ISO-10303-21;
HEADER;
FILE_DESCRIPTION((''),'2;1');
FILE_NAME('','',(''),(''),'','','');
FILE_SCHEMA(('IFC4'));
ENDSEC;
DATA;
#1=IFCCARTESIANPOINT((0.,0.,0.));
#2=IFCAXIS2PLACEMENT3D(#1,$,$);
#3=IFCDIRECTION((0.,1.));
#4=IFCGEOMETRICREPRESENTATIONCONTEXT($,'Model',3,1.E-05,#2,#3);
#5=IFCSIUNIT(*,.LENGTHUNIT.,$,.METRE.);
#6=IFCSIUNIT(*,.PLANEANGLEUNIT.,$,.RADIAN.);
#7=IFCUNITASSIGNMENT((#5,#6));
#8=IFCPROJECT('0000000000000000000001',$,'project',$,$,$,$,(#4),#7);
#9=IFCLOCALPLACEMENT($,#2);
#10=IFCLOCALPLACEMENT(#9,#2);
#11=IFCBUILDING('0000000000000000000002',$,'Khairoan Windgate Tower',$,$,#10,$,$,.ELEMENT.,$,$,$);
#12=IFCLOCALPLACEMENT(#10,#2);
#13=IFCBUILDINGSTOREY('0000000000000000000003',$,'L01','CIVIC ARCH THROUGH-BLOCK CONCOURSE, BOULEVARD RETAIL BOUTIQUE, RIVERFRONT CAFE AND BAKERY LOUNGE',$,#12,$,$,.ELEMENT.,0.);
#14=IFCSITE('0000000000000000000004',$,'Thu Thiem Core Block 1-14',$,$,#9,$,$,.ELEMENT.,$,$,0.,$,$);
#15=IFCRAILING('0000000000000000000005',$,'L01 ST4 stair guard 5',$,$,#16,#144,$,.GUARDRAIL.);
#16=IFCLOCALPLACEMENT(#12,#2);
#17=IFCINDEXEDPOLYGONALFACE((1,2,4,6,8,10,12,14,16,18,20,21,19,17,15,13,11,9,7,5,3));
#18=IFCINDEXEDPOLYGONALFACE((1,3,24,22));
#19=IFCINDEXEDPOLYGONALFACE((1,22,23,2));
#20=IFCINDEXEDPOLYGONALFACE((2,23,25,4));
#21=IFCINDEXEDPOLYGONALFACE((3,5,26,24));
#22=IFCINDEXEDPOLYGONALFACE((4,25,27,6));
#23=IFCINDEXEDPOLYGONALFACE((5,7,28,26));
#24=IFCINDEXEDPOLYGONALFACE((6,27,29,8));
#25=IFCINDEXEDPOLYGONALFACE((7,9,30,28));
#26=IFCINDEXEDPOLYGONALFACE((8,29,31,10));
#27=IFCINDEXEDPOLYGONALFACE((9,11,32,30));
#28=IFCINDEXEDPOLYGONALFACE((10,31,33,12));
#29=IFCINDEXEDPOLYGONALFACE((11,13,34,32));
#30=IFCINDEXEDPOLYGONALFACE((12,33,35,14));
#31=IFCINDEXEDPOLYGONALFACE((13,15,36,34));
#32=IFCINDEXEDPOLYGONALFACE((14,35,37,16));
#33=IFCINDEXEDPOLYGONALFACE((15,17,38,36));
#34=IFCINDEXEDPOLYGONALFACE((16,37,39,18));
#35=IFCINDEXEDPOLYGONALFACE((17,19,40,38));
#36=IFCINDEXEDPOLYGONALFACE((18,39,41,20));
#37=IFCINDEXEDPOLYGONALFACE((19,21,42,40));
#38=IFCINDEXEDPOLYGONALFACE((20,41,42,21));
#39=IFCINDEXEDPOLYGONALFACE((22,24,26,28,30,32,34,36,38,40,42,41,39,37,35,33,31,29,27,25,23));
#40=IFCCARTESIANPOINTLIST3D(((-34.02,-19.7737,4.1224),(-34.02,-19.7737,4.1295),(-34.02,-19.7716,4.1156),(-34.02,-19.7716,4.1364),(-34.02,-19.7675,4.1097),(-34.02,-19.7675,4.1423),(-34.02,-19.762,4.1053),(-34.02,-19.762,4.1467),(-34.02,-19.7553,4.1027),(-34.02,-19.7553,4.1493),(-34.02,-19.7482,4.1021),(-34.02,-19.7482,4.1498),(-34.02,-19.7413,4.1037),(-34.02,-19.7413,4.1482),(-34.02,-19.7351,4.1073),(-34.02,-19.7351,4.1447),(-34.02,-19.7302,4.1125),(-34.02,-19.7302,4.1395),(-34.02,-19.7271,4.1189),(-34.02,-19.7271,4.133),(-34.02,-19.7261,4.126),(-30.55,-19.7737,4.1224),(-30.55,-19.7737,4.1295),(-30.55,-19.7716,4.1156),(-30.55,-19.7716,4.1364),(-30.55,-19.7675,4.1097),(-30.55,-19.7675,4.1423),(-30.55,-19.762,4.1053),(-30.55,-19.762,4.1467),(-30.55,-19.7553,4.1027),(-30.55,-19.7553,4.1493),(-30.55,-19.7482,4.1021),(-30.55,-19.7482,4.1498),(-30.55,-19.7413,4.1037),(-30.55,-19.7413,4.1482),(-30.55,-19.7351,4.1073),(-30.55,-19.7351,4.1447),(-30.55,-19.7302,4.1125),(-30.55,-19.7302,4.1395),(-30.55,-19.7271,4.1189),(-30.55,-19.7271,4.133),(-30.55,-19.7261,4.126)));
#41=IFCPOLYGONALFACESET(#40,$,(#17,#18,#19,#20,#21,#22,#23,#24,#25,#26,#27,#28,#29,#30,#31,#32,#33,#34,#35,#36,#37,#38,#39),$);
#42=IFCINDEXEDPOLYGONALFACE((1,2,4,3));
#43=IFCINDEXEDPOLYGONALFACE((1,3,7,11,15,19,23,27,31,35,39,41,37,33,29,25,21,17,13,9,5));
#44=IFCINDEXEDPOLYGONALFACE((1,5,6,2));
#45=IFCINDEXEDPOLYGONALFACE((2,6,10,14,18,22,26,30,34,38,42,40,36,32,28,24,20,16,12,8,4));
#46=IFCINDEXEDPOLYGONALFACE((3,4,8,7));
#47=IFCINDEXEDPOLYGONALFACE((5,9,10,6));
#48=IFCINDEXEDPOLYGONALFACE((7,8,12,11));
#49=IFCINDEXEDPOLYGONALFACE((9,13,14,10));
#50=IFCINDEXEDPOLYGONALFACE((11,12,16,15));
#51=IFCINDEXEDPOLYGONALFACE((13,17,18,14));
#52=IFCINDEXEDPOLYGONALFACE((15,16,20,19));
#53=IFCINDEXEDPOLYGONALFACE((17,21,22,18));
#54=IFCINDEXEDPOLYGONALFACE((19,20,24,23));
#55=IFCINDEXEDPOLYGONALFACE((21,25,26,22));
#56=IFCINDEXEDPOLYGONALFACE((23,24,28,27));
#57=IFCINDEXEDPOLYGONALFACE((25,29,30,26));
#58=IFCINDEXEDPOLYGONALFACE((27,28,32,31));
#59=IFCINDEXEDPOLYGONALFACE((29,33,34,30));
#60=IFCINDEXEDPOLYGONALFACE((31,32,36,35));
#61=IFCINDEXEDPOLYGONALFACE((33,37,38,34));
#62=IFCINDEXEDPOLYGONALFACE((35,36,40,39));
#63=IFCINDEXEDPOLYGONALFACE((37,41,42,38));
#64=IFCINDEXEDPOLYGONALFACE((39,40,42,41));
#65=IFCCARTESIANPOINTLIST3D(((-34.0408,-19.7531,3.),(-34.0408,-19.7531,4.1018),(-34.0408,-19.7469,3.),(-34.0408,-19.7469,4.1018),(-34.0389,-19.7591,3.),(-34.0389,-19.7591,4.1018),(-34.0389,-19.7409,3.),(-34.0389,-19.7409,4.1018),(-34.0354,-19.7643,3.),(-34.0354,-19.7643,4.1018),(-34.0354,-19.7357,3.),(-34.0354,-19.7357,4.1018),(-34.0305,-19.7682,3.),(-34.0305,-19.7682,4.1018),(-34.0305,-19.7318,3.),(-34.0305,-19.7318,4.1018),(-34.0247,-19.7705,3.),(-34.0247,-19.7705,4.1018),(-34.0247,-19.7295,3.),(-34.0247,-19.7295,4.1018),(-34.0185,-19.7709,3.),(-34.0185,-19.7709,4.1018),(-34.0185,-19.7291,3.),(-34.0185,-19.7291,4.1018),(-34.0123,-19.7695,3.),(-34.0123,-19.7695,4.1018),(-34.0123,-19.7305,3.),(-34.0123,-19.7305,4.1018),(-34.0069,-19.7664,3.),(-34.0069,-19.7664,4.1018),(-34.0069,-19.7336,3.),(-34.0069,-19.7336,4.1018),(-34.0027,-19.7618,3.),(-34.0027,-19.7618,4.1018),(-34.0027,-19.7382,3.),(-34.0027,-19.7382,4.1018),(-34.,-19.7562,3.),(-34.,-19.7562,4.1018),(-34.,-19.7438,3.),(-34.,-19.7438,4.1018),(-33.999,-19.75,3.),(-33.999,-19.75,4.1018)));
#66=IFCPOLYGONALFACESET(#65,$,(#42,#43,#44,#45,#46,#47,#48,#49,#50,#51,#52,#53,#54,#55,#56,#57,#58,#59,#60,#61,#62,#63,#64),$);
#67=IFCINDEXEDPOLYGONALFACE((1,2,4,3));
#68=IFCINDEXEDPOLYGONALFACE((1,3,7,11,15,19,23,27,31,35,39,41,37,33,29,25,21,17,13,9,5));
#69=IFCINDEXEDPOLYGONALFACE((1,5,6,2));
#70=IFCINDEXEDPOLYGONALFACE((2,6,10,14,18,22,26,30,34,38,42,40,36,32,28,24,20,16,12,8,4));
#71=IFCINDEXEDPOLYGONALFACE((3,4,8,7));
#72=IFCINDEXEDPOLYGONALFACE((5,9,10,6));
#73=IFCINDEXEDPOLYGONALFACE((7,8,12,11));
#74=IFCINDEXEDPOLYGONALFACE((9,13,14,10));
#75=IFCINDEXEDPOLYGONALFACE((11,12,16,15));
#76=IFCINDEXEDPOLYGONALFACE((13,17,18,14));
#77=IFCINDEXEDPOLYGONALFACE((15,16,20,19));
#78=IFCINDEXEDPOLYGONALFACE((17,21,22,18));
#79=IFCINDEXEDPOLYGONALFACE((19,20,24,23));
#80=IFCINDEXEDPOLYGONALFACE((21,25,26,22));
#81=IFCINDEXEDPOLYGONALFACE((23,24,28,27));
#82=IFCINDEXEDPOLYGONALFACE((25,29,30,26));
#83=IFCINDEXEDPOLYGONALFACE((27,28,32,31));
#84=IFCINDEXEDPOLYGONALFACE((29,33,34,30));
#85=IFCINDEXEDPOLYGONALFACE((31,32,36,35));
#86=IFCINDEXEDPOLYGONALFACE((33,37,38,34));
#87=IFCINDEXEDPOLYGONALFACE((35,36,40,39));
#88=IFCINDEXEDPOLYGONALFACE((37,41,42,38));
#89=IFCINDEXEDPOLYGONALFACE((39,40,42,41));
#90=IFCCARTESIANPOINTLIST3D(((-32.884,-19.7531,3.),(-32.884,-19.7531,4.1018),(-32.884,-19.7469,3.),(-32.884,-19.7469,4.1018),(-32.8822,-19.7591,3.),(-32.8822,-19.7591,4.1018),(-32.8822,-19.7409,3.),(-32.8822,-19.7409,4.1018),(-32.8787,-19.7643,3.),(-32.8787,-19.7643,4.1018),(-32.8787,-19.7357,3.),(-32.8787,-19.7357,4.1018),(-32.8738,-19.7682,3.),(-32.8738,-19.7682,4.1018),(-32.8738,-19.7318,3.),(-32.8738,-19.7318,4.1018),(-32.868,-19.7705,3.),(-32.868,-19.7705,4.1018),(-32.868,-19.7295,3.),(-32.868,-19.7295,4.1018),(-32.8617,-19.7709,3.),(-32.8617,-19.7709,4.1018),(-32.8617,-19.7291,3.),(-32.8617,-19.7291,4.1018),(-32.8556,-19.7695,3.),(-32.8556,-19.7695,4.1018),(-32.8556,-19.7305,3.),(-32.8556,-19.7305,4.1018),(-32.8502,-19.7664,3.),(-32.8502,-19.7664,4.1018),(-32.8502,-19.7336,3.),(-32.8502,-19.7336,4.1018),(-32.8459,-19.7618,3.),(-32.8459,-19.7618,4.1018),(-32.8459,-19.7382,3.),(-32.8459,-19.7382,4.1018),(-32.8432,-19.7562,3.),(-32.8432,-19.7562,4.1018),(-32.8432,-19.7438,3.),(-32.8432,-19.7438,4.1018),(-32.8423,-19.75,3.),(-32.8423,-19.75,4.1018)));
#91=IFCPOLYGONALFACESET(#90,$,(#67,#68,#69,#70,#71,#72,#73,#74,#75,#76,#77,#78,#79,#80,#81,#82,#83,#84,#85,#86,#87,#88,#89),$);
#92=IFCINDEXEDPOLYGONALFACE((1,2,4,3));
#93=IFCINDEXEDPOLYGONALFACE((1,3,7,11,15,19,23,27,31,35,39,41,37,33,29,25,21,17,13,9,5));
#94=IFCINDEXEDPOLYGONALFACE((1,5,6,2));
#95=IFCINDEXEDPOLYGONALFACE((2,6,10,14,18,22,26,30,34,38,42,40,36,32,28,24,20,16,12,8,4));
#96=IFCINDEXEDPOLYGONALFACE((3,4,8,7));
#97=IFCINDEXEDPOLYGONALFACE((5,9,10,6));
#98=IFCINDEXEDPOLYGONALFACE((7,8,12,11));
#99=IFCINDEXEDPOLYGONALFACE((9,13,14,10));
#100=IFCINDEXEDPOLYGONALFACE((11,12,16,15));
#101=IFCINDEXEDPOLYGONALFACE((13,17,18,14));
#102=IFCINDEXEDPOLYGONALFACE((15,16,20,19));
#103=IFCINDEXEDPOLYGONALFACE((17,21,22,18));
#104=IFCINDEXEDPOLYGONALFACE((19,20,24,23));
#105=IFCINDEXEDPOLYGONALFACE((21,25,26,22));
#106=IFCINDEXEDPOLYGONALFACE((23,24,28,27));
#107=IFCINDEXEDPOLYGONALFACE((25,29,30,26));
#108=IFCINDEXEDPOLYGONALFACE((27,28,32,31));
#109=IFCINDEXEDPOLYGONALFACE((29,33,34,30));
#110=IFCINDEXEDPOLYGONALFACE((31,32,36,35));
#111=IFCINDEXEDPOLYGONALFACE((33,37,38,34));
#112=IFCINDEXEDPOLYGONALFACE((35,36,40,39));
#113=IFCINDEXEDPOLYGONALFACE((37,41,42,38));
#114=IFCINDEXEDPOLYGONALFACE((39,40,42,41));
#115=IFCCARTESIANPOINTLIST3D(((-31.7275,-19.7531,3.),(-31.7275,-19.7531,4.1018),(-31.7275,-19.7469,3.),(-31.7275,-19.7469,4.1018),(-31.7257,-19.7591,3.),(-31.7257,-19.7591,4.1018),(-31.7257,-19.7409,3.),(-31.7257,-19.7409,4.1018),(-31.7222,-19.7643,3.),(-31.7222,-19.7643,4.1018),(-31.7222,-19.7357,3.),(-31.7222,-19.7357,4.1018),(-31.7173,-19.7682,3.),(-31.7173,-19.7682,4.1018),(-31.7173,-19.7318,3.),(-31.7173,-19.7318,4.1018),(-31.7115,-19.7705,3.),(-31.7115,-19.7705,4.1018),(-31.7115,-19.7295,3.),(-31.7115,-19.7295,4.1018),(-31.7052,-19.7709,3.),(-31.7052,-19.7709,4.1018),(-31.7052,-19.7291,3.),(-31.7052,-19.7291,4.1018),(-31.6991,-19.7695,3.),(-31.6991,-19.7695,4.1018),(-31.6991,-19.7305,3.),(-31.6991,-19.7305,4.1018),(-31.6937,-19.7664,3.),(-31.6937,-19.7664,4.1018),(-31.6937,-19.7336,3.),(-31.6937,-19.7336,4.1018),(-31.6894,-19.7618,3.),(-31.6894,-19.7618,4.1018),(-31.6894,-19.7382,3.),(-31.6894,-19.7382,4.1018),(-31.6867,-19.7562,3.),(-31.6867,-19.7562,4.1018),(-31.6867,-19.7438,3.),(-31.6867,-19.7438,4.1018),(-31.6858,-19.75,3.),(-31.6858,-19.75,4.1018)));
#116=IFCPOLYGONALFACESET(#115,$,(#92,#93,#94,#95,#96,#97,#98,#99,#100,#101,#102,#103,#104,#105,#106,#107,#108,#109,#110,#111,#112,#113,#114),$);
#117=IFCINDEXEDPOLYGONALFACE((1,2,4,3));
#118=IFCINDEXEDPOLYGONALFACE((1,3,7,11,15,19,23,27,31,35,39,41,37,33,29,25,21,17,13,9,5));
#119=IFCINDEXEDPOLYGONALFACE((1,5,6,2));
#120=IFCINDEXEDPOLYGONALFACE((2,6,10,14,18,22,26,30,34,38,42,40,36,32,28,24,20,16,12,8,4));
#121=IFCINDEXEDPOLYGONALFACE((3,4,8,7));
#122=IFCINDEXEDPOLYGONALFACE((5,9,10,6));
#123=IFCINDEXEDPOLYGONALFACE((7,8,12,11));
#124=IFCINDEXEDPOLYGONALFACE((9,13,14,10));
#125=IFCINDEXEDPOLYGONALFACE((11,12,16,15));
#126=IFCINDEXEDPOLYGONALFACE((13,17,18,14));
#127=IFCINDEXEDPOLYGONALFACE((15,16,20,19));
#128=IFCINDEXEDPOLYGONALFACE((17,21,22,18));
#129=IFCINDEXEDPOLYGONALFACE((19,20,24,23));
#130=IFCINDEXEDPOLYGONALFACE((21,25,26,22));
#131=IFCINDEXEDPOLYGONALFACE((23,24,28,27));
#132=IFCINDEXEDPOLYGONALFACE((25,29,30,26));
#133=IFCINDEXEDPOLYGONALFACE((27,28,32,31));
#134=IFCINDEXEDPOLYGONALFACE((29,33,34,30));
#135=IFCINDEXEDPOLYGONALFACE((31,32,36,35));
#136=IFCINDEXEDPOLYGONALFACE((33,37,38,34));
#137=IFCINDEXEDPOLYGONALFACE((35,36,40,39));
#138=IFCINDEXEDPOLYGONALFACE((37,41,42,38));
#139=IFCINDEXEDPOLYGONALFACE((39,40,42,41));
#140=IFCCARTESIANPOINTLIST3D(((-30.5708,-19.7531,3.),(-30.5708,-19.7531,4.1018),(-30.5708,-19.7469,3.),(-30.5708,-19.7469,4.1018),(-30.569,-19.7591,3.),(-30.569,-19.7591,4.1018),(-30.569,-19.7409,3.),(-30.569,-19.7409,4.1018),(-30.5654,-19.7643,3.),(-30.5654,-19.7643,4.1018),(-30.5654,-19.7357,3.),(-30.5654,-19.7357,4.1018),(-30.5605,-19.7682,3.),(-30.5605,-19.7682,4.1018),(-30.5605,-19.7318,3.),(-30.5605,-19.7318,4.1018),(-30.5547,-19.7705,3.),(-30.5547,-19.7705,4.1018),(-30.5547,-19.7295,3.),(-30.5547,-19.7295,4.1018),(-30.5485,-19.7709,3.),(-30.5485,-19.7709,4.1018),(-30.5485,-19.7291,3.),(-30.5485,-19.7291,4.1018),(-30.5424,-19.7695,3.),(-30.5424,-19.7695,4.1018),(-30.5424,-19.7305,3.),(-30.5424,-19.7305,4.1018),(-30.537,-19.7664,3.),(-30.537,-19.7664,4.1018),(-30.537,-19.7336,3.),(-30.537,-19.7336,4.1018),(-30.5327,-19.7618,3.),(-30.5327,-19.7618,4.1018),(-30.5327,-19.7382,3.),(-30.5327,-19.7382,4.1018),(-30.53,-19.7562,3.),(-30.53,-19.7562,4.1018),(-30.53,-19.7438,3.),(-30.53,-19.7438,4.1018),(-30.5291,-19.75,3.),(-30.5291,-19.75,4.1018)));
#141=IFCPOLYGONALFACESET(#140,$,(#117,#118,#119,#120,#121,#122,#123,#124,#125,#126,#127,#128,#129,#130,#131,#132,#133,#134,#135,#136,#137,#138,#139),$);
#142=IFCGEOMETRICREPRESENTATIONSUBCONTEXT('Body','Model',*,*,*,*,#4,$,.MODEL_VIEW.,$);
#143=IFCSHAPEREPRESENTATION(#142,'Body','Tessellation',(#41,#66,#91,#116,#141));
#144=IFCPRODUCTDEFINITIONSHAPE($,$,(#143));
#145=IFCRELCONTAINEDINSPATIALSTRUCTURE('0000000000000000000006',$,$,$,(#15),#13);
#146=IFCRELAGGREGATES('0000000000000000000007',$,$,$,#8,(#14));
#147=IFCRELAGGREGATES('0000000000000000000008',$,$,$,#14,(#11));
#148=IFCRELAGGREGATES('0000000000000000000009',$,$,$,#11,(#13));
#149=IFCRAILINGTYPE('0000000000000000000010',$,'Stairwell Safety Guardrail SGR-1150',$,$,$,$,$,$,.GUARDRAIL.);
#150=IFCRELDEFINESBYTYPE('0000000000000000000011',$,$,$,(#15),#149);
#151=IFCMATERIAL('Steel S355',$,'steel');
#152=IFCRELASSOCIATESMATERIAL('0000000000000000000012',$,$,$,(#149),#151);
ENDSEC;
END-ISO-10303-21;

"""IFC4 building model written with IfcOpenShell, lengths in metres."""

from ifc_helpers import new_model, si_unit, direction, frame, origin, origin_2d, place, context, subcontext, project, spatial, circle, extrude, material, type_object, element, save


model = new_model("IFC4")

# Units and contexts
model_context = context("Model", 3, precision=1e-05, world=origin(), true_north=direction((0.0, 1.0)))
body_context = subcontext(model_context, "Body", "Model", "MODEL_VIEW")
ifc_project = project(units=[si_unit("LENGTHUNIT", "METRE"), si_unit("PLANEANGLEUNIT", "RADIAN")], contexts=[model_context])

# Site, building, storey
site_placement = place(None, origin())
site = spatial("IfcSite", under=ifc_project, at=site_placement, Name="Thu Thiem Core Block 1-14", CompositionType="ELEMENT", RefElevation=0.0)
building_placement = place(site_placement, origin())
building = spatial("IfcBuilding", under=site, at=building_placement, Name="Khairoan Windgate Tower", CompositionType="ELEMENT")
storey_placement = place(building_placement, origin())
storey = spatial("IfcBuildingStorey", under=building, at=storey_placement, Name="L01", Description="CIVIC ARCH THROUGH-BLOCK CONCOURSE, BOULEVARD RETAIL BOUTIQUE, RIVERFRONT CAFE AND BAKERY LOUNGE", CompositionType="ELEMENT", Elevation=0.0)

# Railing
ifc_material_1 = material(Name="Steel S355", Category="steel")
railing_type = type_object("IfcRailingType", Name="Stairwell Safety Guardrail SGR-1150", PredefinedType="GUARDRAIL", material=ifc_material_1)
railing_1_placement = place(storey_placement, frame((-34.02, -19.75, 3.0)))
element("IfcRailing", 1, at=railing_1_placement, inside=storey, type_object=railing_type, Name="L01 ST4 stair guard 5", PredefinedType="GUARDRAIL", context=body_context, shape_type="SweptSolid", body=[
    extrude(circle(Radius=0.0239, at=origin_2d()), frame((0.0, 0.0, 1.126), z_axis=(1.0, 0.0, 0.0), x_axis=(0.0, 1.0, 0.0)), (0.0, 0.0, 1.0), 3.47),
    extrude(circle(Radius=0.021, at=origin_2d()), origin(), (0.0, 0.0, 1.0), 1.1018),
    extrude(circle(Radius=0.021, at=origin_2d()), frame((1.1567, 0.0, 0.0)), (0.0, 0.0, 1.0), 1.1018),
    extrude(circle(Radius=0.021, at=origin_2d()), frame((2.3132, 0.0, 0.0)), (0.0, 0.0, 1.0), 1.1018),
    extrude(circle(Radius=0.021, at=origin_2d()), frame((3.47, 0.0, 0.0)), (0.0, 0.0, 1.0), 1.1018),
])

save(model, "model.ifc")
